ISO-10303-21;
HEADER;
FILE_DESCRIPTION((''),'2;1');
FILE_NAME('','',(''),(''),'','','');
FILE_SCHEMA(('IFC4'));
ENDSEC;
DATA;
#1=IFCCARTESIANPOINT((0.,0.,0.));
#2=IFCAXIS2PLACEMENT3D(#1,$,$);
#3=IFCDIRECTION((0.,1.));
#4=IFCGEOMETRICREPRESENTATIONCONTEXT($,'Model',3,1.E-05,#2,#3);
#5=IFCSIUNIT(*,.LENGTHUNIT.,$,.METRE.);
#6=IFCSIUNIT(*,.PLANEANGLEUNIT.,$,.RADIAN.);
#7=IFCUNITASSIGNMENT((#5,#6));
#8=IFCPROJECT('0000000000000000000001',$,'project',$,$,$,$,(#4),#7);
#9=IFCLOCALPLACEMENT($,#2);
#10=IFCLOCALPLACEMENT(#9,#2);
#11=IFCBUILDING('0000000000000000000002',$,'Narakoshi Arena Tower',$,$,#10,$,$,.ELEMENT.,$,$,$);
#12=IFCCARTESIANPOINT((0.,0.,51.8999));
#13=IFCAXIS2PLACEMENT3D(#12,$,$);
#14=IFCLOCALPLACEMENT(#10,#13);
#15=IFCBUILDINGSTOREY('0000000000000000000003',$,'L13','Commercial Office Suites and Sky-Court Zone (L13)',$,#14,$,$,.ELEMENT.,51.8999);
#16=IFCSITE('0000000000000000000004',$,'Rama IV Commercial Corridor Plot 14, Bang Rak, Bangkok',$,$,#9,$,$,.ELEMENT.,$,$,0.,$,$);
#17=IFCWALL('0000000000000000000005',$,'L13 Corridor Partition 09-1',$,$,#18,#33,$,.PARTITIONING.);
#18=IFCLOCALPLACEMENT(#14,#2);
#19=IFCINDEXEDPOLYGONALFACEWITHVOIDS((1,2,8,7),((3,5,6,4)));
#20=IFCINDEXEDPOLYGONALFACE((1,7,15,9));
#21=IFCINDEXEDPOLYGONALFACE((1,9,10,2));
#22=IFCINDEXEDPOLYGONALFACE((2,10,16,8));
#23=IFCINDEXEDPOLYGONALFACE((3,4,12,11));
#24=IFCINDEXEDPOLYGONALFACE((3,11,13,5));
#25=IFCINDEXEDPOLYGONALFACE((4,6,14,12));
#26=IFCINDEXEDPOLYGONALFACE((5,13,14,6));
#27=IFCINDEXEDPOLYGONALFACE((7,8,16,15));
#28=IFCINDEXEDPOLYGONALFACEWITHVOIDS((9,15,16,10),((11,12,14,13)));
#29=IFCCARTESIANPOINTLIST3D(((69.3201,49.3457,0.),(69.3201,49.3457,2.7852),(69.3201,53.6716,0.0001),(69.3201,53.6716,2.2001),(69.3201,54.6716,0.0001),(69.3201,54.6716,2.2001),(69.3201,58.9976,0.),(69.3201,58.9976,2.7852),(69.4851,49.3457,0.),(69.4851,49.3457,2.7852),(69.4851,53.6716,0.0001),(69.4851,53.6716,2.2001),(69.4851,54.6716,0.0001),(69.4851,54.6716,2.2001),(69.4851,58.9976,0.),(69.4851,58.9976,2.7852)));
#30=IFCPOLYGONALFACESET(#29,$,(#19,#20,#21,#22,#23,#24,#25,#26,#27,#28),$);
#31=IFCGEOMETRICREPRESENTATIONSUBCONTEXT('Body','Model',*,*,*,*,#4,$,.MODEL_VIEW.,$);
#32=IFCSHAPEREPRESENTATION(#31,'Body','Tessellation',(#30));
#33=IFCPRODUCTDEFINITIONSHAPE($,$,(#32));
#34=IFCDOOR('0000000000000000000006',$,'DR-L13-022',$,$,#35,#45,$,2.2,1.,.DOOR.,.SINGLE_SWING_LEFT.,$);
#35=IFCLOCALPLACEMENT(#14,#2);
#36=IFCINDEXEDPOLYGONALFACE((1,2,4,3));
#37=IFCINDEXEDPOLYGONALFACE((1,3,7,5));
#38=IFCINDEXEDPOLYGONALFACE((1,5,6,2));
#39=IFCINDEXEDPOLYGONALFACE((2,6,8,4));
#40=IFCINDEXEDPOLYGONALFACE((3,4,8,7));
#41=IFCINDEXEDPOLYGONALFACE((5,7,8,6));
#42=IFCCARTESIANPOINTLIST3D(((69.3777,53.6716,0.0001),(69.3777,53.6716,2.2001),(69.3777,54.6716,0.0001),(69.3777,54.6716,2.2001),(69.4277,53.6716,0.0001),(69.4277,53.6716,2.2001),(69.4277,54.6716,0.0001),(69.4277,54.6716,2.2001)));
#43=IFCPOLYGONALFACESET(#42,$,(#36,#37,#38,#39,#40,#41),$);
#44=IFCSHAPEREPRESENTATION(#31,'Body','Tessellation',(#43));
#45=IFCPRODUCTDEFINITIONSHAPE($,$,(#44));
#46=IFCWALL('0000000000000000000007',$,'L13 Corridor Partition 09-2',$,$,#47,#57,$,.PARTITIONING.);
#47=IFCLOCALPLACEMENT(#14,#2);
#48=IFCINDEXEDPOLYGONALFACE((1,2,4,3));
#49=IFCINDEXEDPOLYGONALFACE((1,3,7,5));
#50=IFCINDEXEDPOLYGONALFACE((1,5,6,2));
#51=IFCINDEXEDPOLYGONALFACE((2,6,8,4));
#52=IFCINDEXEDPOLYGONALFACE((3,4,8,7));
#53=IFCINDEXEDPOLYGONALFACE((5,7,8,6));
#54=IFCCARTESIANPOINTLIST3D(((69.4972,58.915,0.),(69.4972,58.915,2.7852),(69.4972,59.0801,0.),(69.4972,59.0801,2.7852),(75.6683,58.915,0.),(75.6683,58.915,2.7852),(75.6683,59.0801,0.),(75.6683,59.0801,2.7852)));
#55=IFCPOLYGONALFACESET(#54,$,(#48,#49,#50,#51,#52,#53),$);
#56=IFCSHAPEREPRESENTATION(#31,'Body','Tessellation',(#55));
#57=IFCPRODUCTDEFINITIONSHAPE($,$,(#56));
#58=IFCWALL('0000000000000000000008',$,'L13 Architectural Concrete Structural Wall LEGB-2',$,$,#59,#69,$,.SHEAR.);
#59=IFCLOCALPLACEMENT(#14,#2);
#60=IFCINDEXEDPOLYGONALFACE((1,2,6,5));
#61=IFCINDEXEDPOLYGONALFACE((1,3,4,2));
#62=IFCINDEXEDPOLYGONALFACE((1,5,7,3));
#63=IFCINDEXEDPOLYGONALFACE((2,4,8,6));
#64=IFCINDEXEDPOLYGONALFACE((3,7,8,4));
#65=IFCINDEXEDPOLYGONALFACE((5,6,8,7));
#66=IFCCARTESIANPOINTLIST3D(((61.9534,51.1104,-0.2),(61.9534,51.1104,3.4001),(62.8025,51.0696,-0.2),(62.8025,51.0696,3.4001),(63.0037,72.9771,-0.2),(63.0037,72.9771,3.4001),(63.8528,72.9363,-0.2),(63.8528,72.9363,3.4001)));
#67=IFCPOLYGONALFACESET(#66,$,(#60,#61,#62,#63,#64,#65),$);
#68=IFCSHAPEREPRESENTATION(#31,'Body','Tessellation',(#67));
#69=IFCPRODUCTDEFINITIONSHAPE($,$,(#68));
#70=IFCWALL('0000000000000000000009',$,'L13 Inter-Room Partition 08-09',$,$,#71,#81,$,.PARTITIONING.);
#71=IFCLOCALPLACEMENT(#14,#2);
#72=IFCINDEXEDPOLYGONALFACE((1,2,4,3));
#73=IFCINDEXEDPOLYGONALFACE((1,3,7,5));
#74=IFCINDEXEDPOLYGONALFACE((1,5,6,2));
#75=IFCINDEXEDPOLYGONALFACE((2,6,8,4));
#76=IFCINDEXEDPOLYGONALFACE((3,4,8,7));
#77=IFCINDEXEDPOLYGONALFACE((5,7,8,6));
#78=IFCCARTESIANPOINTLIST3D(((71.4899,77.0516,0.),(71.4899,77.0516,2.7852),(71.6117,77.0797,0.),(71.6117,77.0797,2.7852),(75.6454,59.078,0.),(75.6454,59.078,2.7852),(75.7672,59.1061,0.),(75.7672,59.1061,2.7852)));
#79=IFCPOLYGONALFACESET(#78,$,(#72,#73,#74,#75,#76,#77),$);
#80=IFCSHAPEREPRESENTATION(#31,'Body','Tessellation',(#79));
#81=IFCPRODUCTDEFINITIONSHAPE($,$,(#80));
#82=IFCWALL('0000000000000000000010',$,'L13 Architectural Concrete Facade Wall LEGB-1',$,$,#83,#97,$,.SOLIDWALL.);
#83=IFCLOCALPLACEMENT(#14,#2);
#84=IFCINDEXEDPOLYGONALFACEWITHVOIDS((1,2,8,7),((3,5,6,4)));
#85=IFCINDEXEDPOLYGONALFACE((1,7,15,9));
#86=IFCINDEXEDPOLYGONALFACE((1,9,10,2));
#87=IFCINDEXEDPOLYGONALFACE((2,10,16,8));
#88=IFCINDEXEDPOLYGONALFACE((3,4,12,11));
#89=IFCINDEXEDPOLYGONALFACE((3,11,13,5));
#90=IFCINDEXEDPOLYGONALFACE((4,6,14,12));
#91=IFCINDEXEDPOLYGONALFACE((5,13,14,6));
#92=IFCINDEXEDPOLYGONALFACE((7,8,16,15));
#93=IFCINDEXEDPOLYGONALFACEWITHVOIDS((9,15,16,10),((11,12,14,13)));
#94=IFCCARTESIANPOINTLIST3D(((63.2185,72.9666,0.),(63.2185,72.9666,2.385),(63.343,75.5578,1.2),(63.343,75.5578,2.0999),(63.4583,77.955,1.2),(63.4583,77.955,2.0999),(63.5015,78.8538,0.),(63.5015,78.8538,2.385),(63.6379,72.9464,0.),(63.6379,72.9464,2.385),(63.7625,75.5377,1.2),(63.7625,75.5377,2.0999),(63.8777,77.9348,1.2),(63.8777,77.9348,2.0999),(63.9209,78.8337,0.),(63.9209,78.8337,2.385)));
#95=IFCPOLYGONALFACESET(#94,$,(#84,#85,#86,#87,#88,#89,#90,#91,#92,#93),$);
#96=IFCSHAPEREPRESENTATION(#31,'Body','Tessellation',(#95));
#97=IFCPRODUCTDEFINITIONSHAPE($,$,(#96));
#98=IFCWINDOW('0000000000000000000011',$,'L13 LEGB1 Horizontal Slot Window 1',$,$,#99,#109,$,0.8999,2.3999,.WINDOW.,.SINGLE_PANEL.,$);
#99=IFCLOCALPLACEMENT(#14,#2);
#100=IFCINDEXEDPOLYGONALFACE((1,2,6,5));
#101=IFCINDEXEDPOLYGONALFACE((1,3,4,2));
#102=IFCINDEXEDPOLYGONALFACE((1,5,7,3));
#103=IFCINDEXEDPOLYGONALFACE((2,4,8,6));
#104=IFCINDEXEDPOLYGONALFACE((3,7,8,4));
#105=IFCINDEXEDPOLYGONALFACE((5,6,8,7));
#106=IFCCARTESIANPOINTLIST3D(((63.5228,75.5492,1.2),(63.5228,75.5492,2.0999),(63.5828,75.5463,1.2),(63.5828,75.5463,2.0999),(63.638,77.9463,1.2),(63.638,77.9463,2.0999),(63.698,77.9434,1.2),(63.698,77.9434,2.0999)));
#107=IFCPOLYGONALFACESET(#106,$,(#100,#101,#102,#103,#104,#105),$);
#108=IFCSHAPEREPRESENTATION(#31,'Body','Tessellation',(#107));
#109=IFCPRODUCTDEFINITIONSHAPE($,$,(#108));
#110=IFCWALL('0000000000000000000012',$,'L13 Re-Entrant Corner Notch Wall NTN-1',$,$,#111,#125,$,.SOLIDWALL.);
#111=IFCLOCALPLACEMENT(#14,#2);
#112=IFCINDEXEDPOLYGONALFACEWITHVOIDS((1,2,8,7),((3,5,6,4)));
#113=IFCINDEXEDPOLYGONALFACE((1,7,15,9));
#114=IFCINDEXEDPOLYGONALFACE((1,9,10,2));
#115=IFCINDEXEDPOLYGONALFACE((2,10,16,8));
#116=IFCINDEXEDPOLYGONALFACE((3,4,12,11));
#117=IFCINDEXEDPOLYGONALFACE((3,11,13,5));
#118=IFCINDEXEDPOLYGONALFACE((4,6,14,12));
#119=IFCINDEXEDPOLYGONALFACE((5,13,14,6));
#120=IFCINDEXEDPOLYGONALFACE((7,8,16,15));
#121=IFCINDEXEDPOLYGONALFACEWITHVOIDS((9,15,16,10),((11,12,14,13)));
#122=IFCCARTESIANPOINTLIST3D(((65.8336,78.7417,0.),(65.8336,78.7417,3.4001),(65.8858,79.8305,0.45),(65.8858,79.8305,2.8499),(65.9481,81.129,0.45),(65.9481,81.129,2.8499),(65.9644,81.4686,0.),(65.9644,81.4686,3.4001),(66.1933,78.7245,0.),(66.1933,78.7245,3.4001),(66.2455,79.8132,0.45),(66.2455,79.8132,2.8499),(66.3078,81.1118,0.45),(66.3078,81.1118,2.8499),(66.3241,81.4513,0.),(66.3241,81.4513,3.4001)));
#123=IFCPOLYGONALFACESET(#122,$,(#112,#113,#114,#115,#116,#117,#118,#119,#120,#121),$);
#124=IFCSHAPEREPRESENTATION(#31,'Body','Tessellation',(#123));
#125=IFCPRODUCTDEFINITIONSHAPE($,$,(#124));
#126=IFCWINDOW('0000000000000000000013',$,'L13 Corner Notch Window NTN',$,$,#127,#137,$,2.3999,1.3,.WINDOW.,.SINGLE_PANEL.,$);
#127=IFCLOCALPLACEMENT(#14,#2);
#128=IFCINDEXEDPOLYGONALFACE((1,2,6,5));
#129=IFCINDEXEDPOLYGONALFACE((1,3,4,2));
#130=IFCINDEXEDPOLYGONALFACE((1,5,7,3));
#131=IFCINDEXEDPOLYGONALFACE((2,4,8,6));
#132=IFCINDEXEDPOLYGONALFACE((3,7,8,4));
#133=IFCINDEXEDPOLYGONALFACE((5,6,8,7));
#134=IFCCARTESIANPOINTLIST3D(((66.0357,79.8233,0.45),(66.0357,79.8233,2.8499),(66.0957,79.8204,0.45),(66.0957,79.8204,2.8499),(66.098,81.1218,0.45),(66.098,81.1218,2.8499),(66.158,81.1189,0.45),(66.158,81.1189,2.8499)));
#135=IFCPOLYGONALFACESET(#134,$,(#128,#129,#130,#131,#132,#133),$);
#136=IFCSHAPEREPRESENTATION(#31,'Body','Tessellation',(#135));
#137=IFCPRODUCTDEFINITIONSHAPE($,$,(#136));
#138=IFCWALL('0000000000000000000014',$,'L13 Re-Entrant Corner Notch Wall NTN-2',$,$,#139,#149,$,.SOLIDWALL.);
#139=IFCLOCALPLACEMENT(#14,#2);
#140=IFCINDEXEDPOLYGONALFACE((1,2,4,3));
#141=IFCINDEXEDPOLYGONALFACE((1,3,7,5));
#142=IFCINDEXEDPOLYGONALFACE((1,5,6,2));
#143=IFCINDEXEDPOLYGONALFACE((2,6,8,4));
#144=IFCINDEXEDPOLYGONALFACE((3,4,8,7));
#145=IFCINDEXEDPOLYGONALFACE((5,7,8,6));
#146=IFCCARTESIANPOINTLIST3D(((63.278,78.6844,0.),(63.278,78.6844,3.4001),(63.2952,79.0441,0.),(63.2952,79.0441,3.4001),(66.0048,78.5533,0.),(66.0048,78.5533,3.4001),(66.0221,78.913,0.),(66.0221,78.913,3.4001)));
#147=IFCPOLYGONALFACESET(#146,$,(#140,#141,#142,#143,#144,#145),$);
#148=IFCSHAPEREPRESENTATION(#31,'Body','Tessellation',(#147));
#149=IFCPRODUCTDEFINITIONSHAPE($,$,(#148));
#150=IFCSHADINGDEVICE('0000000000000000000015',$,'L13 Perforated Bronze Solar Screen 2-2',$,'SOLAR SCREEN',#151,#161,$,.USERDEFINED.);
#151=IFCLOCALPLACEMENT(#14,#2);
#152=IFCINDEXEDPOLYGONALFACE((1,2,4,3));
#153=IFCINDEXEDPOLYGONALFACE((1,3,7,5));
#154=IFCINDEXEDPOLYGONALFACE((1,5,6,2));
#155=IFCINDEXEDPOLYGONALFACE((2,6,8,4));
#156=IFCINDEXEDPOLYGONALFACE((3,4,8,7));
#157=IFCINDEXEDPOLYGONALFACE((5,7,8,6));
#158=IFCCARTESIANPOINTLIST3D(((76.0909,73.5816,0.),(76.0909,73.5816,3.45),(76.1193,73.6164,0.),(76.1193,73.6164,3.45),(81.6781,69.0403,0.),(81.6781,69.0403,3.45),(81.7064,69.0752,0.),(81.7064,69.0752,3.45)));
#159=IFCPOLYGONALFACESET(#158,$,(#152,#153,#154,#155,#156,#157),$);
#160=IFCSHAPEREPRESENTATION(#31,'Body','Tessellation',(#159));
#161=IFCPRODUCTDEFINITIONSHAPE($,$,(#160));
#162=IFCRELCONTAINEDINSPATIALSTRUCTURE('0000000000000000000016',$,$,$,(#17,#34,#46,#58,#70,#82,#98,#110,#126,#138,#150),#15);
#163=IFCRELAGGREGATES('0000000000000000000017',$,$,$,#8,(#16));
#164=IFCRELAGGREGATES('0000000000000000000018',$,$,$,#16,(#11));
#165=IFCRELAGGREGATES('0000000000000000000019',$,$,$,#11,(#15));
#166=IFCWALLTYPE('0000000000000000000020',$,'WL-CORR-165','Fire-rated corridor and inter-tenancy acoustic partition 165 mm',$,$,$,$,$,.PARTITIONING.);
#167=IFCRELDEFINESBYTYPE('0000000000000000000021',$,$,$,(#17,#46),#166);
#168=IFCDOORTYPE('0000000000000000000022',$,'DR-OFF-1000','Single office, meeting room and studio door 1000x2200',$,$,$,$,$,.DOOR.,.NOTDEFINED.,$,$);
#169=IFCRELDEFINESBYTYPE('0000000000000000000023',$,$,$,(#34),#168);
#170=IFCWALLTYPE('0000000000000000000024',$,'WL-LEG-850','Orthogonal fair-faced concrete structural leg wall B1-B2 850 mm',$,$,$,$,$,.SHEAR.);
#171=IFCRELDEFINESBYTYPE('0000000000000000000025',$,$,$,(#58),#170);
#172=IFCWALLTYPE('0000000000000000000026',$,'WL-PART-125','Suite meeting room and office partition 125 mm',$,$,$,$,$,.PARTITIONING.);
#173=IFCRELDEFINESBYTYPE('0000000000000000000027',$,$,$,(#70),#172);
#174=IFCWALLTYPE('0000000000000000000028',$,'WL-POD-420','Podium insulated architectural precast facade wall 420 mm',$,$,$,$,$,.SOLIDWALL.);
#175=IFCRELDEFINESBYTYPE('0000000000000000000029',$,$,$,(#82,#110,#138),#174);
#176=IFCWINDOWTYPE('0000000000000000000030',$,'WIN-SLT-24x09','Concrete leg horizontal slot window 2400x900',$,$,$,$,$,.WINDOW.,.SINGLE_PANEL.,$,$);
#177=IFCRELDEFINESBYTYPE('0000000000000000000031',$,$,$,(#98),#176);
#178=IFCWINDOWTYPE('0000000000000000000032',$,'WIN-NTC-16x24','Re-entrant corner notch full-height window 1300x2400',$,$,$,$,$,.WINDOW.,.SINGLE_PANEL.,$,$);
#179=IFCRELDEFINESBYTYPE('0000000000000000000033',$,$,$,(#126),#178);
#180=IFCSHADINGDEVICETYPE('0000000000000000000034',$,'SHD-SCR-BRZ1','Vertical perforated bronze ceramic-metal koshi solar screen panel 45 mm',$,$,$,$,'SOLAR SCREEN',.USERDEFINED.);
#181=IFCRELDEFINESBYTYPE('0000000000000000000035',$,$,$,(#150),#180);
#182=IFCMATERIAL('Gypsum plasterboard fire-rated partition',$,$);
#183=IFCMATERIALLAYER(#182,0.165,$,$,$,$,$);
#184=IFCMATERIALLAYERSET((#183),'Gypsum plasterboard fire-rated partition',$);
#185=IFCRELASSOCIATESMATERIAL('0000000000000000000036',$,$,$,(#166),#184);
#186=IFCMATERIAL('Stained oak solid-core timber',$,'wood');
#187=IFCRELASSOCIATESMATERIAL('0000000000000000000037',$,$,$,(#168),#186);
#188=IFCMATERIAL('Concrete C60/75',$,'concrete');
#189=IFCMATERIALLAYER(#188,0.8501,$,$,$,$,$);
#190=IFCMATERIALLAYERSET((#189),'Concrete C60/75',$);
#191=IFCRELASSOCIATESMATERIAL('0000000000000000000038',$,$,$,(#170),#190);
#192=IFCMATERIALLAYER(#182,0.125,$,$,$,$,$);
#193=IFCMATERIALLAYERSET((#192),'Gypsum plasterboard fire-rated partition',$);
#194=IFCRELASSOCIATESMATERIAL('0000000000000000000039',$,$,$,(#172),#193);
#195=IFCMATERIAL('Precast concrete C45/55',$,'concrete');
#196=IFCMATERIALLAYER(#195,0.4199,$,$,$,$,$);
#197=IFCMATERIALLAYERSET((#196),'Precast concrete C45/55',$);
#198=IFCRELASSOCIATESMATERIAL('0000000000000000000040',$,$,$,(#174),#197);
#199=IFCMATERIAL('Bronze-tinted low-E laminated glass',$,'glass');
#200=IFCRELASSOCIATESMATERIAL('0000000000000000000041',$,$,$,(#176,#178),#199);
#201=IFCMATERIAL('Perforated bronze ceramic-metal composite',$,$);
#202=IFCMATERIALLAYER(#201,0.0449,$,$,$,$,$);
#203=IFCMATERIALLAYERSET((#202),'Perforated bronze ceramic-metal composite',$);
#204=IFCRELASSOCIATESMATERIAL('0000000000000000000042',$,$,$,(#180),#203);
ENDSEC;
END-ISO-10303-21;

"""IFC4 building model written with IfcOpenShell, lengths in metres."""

from ifc_helpers import new_model, si_unit, direction, frame, frame_2d, origin, origin_2d, place, context, subcontext, project, spatial, rectangle, extrude, material, layer, layer_set, type_object, element, fill, save


model = new_model("IFC4")

# Units and contexts
model_context = context("Model", 3, precision=1e-05, world=origin(), true_north=direction((0.0, 1.0)))
body_context = subcontext(model_context, "Body", "Model", "MODEL_VIEW")
ifc_project = project(units=[si_unit("LENGTHUNIT", "METRE"), si_unit("PLANEANGLEUNIT", "RADIAN")], contexts=[model_context])

# Site, building, storey
site_placement = place(None, origin())
site = spatial("IfcSite", under=ifc_project, at=site_placement, Name="Rama IV Commercial Corridor Plot 14, Bang Rak, Bangkok", CompositionType="ELEMENT", RefElevation=0.0)
building_placement = place(site_placement, origin())
building = spatial("IfcBuilding", under=site, at=building_placement, Name="Narakoshi Arena Tower", CompositionType="ELEMENT")
storey_placement = place(building_placement, frame((0.0, 0.0, 51.8999)))
storey = spatial("IfcBuildingStorey", under=building, at=storey_placement, Name="L13", Description="Commercial Office Suites and Sky-Court Zone (L13)", CompositionType="ELEMENT", Elevation=51.8999)

# Shared definitions
ifc_material_1 = material(Name="Concrete C60/75", Category="concrete")

# Shared definitions
ifc_material_2 = material(Name="Bronze-tinted low-E laminated glass", Category="glass")

# Wall, opening, door
ifc_material_3 = material(Name="Gypsum plasterboard fire-rated partition")
ifc_layer_1 = layer(ifc_material_3, 0.165)
ifc_layer_set_1 = layer_set([ifc_layer_1], Name="Gypsum plasterboard fire-rated partition")
wall_type_1 = type_object("IfcWallType", Name="WL-CORR-165", Description="Fire-rated corridor and inter-tenancy acoustic partition 165 mm", PredefinedType="PARTITIONING", material=ifc_layer_set_1)
wall_1_placement = place(storey_placement, frame((69.4026, 58.9976, 0.0), z_axis=(0.0, 0.0, 1.0), x_axis=(0.0, -1.0, 0.0)))
wall_1 = element("IfcWall", 1, at=wall_1_placement, inside=storey, type_object=wall_type_1, Name="L13 Corridor Partition 09-1", PredefinedType="PARTITIONING", context=body_context, shape_type="SweptSolid", body=[
    extrude(rectangle(XDim=9.6519, YDim=0.165, at=frame_2d((4.8259, 0.0))), origin(), (0.0, 0.0, 1.0), 2.7852),
])
opening_1_placement = place(wall_1_placement, frame((4.3259, 0.0, 0.0)))
opening_1 = element("IfcOpeningElement", 2, at=opening_1_placement, cuts=wall_1, PredefinedType="OPENING", context=body_context, shape_type="SweptSolid", body=[
    extrude(rectangle(XDim=1.0, YDim=2.2, at=frame_2d((0.5, 1.1001))), frame((0.0, 0.0925, 0.0), z_axis=(0.0, -1.0, 0.0), x_axis=(1.0, 0.0, 0.0)), (0.0, 0.0, 1.0), 0.1851),
])
ifc_material_4 = material(Name="Stained oak solid-core timber", Category="wood")
door_type = type_object("IfcDoorType", Name="DR-OFF-1000", Description="Single office, meeting room and studio door 1000x2200", OperationType="NOTDEFINED", PredefinedType="DOOR", material=ifc_material_4)
door_placement = place(opening_1_placement, frame((1.0, 0.0, 0.0), z_axis=(0.0, 0.0, 1.0), x_axis=(-1.0, 0.0, 0.0)))
door = element("IfcDoor", 3, at=door_placement, inside=storey, type_object=door_type, Name="DR-L13-022", OperationType="SINGLE_SWING_LEFT", OverallHeight=2.2, OverallWidth=1.0, PredefinedType="DOOR", context=body_context, shape_type="SweptSolid", body=[
    extrude(rectangle(XDim=1.0, YDim=2.2, at=frame_2d((0.5, 1.1001))), frame((0.0, 0.0249, 0.0), z_axis=(0.0, -1.0, 0.0), x_axis=(1.0, 0.0, 0.0)), (0.0, 0.0, 1.0), 0.05),
])
fill(opening_1, door)

# Walls
wall_2_placement = place(storey_placement, frame((75.6682, 58.9976, 0.0), z_axis=(0.0, 0.0, 1.0), x_axis=(-1.0, 0.0, 0.0)))
element("IfcWall", 4, at=wall_2_placement, inside=storey, type_object=wall_type_1, Name="L13 Corridor Partition 09-2", PredefinedType="PARTITIONING", context=body_context, shape_type="SweptSolid", body=[
    extrude(rectangle(XDim=6.1711, YDim=0.165, at=frame_2d((3.0854, 0.0))), origin(), (0.0, 0.0, 1.0), 2.7852),
])
ifc_layer_2 = layer(ifc_material_1, 0.8501)
ifc_layer_set_2 = layer_set([ifc_layer_2], Name="Concrete C60/75")
wall_type_2 = type_object("IfcWallType", Name="WL-LEG-850", Description="Orthogonal fair-faced concrete structural leg wall B1-B2 850 mm", PredefinedType="SHEAR", material=ifc_layer_set_2)
wall_3_placement = place(storey_placement, frame((63.4282, 72.9565, -0.2), z_axis=(0.0, 0.0, 1.0), x_axis=(-0.047976, -0.998848, 0.0)))
element("IfcWall", 5, at=wall_3_placement, inside=storey, type_object=wall_type_2, Name="L13 Architectural Concrete Structural Wall LEGB-2", PredefinedType="SHEAR", context=body_context, shape_type="SweptSolid", body=[
    extrude(rectangle(XDim=21.8918, YDim=0.8501, at=frame_2d((10.9458, 0.0))), origin(), (0.0, 0.0, 1.0), 3.6001),
])
ifc_layer_3 = layer(ifc_material_3, 0.125)
ifc_layer_set_3 = layer_set([ifc_layer_3], Name="Gypsum plasterboard fire-rated partition")
wall_type_3 = type_object("IfcWallType", Name="WL-PART-125", Description="Suite meeting room and office partition 125 mm", PredefinedType="PARTITIONING", material=ifc_layer_set_3)
wall_4_placement = place(storey_placement, frame((75.7063, 59.092, 0.0), z_axis=(0.0, 0.0, 1.0), x_axis=(-0.225259, 0.974299, 0.0)))
element("IfcWall", 6, at=wall_4_placement, inside=storey, type_object=wall_type_3, Name="L13 Inter-Room Partition 08-09", PredefinedType="PARTITIONING", context=body_context, shape_type="SweptSolid", body=[
    extrude(rectangle(XDim=18.4478, YDim=0.125, at=frame_2d((9.2239, 0.0))), origin(), (0.0, 0.0, 1.0), 2.7852),
])

# Walls, openings, windows
ifc_material_5 = material(Name="Precast concrete C45/55", Category="concrete")
ifc_layer_4 = layer(ifc_material_5, 0.4199)
ifc_layer_set_4 = layer_set([ifc_layer_4], Name="Precast concrete C45/55")
wall_type_4 = type_object("IfcWallType", Name="WL-POD-420", Description="Podium insulated architectural precast facade wall 420 mm", PredefinedType="SOLIDWALL", material=ifc_layer_set_4)
wall_5_placement = place(storey_placement, frame((63.7112, 78.8438, 0.0), z_axis=(0.0, 0.0, 1.0), x_axis=(-0.048008, -0.998847, 0.0)))
wall_5 = element("IfcWall", 7, at=wall_5_placement, inside=storey, type_object=wall_type_4, Name="L13 Architectural Concrete Facade Wall LEGB-1", PredefinedType="SOLIDWALL", context=body_context, shape_type="SweptSolid", body=[
    extrude(rectangle(XDim=5.894, YDim=0.4199, at=frame_2d((2.947, 0.0))), origin(), (0.0, 0.0, 1.0), 2.385),
])
opening_2_placement = place(wall_5_placement, frame((0.8999, 0.0, 1.2)))
opening_2 = element("IfcOpeningElement", 8, at=opening_2_placement, cuts=wall_5, PredefinedType="OPENING", context=body_context, shape_type="SweptSolid", body=[
    extrude(rectangle(XDim=2.3999, YDim=0.8999, at=frame_2d((1.2, 0.45))), frame((0.0, 0.22, 0.0), z_axis=(0.0, -1.0, 0.0), x_axis=(1.0, 0.0, 0.0)), (0.0, 0.0, 1.0), 0.4399),
])
window_type_1 = type_object("IfcWindowType", Name="WIN-SLT-24x09", Description="Concrete leg horizontal slot window 2400x900", PartitioningType="SINGLE_PANEL", PredefinedType="WINDOW", material=ifc_material_2)
window_1_placement = place(opening_2_placement, origin())
window_1 = element("IfcWindow", 9, at=window_1_placement, inside=storey, type_object=window_type_1, Name="L13 LEGB1 Horizontal Slot Window 1", OverallHeight=0.8999, OverallWidth=2.3999, PartitioningType="SINGLE_PANEL", PredefinedType="WINDOW", context=body_context, shape_type="SweptSolid", body=[
    extrude(rectangle(XDim=2.3999, YDim=0.8999, at=frame_2d((1.2, 0.45))), frame((0.0, 0.03, 0.0), z_axis=(0.0, -1.0, 0.0), x_axis=(1.0, 0.0, 0.0)), (0.0, 0.0, 1.0), 0.0601),
])
fill(opening_2, window_1)
wall_6_placement = place(storey_placement, frame((66.1443, 81.46, 0.0), z_axis=(0.0, 0.0, 1.0), x_axis=(-0.047935, -0.99885, 0.0)))
wall_6 = element("IfcWall", 10, at=wall_6_placement, inside=storey, type_object=wall_type_4, Name="L13 Re-Entrant Corner Notch Wall NTN-1", PredefinedType="SOLIDWALL", context=body_context, shape_type="SweptSolid", body=[
    extrude(rectangle(XDim=2.73, YDim=0.3601, at=frame_2d((1.365, 0.0))), origin(), (0.0, 0.0, 1.0), 3.4001),
])
opening_3_placement = place(wall_6_placement, frame((0.3401, 0.0, 0.45)))
opening_3 = element("IfcOpeningElement", 11, at=opening_3_placement, cuts=wall_6, PredefinedType="OPENING", context=body_context, shape_type="SweptSolid", body=[
    extrude(rectangle(XDim=1.3, YDim=2.3999, at=frame_2d((0.6499, 1.2))), frame((0.0, 0.1899, 0.0), z_axis=(0.0, -1.0, 0.0), x_axis=(1.0, 0.0, 0.0)), (0.0, 0.0, 1.0), 0.3801),
])
window_type_2 = type_object("IfcWindowType", Name="WIN-NTC-16x24", Description="Re-entrant corner notch full-height window 1300x2400", PartitioningType="SINGLE_PANEL", PredefinedType="WINDOW", material=ifc_material_2)
window_2_placement = place(opening_3_placement, origin())
window_2 = element("IfcWindow", 12, at=window_2_placement, inside=storey, type_object=window_type_2, Name="L13 Corner Notch Window NTN", OverallHeight=2.3999, OverallWidth=1.3, PartitioningType="SINGLE_PANEL", PredefinedType="WINDOW", context=body_context, shape_type="SweptSolid", body=[
    extrude(rectangle(XDim=1.3, YDim=2.3999, at=frame_2d((0.6499, 1.2))), frame((0.0, 0.03, 0.0), z_axis=(0.0, -1.0, 0.0), x_axis=(1.0, 0.0, 0.0)), (0.0, 0.0, 1.0), 0.0601),
])
fill(opening_3, window_2)

# Wall
wall_7_placement = place(storey_placement, frame((66.0134, 78.7332, 0.0), z_axis=(0.0, 0.0, 1.0), x_axis=(-0.998846, 0.048024, 0.0)))
element("IfcWall", 13, at=wall_7_placement, inside=storey, type_object=wall_type_4, Name="L13 Re-Entrant Corner Notch Wall NTN-2", PredefinedType="SOLIDWALL", context=body_context, shape_type="SweptSolid", body=[
    extrude(rectangle(XDim=2.73, YDim=0.3601, at=frame_2d((1.365, 0.0))), origin(), (0.0, 0.0, 1.0), 3.4001),
])

# Shading device
ifc_material_6 = material(Name="Perforated bronze ceramic-metal composite")
ifc_layer_5 = layer(ifc_material_6, 0.0449)
ifc_layer_set_5 = layer_set([ifc_layer_5], Name="Perforated bronze ceramic-metal composite")
shading_device_type = type_object("IfcShadingDeviceType", Name="SHD-SCR-BRZ1", Description="Vertical perforated bronze ceramic-metal koshi solar screen panel 45 mm", ElementType="SOLAR SCREEN", PredefinedType="USERDEFINED", material=ifc_layer_set_5)
shading_device_placement = place(storey_placement, frame((78.8987, 71.3284, 0.0), z_axis=(0.0, 0.0, 1.0), x_axis=(-0.776002, 0.63073, 0.0)))
element("IfcShadingDevice", 14, at=shading_device_placement, inside=storey, type_object=shading_device_type, Name="L13 Perforated Bronze Solar Screen 2-2", ObjectType="SOLAR SCREEN", PredefinedType="USERDEFINED", context=body_context, shape_type="SweptSolid", body=[
    extrude(rectangle(XDim=7.2, YDim=0.0449, at=origin_2d()), origin(), (0.0, 0.0, 1.0), 3.45),
])

save(model, "model.ifc")
